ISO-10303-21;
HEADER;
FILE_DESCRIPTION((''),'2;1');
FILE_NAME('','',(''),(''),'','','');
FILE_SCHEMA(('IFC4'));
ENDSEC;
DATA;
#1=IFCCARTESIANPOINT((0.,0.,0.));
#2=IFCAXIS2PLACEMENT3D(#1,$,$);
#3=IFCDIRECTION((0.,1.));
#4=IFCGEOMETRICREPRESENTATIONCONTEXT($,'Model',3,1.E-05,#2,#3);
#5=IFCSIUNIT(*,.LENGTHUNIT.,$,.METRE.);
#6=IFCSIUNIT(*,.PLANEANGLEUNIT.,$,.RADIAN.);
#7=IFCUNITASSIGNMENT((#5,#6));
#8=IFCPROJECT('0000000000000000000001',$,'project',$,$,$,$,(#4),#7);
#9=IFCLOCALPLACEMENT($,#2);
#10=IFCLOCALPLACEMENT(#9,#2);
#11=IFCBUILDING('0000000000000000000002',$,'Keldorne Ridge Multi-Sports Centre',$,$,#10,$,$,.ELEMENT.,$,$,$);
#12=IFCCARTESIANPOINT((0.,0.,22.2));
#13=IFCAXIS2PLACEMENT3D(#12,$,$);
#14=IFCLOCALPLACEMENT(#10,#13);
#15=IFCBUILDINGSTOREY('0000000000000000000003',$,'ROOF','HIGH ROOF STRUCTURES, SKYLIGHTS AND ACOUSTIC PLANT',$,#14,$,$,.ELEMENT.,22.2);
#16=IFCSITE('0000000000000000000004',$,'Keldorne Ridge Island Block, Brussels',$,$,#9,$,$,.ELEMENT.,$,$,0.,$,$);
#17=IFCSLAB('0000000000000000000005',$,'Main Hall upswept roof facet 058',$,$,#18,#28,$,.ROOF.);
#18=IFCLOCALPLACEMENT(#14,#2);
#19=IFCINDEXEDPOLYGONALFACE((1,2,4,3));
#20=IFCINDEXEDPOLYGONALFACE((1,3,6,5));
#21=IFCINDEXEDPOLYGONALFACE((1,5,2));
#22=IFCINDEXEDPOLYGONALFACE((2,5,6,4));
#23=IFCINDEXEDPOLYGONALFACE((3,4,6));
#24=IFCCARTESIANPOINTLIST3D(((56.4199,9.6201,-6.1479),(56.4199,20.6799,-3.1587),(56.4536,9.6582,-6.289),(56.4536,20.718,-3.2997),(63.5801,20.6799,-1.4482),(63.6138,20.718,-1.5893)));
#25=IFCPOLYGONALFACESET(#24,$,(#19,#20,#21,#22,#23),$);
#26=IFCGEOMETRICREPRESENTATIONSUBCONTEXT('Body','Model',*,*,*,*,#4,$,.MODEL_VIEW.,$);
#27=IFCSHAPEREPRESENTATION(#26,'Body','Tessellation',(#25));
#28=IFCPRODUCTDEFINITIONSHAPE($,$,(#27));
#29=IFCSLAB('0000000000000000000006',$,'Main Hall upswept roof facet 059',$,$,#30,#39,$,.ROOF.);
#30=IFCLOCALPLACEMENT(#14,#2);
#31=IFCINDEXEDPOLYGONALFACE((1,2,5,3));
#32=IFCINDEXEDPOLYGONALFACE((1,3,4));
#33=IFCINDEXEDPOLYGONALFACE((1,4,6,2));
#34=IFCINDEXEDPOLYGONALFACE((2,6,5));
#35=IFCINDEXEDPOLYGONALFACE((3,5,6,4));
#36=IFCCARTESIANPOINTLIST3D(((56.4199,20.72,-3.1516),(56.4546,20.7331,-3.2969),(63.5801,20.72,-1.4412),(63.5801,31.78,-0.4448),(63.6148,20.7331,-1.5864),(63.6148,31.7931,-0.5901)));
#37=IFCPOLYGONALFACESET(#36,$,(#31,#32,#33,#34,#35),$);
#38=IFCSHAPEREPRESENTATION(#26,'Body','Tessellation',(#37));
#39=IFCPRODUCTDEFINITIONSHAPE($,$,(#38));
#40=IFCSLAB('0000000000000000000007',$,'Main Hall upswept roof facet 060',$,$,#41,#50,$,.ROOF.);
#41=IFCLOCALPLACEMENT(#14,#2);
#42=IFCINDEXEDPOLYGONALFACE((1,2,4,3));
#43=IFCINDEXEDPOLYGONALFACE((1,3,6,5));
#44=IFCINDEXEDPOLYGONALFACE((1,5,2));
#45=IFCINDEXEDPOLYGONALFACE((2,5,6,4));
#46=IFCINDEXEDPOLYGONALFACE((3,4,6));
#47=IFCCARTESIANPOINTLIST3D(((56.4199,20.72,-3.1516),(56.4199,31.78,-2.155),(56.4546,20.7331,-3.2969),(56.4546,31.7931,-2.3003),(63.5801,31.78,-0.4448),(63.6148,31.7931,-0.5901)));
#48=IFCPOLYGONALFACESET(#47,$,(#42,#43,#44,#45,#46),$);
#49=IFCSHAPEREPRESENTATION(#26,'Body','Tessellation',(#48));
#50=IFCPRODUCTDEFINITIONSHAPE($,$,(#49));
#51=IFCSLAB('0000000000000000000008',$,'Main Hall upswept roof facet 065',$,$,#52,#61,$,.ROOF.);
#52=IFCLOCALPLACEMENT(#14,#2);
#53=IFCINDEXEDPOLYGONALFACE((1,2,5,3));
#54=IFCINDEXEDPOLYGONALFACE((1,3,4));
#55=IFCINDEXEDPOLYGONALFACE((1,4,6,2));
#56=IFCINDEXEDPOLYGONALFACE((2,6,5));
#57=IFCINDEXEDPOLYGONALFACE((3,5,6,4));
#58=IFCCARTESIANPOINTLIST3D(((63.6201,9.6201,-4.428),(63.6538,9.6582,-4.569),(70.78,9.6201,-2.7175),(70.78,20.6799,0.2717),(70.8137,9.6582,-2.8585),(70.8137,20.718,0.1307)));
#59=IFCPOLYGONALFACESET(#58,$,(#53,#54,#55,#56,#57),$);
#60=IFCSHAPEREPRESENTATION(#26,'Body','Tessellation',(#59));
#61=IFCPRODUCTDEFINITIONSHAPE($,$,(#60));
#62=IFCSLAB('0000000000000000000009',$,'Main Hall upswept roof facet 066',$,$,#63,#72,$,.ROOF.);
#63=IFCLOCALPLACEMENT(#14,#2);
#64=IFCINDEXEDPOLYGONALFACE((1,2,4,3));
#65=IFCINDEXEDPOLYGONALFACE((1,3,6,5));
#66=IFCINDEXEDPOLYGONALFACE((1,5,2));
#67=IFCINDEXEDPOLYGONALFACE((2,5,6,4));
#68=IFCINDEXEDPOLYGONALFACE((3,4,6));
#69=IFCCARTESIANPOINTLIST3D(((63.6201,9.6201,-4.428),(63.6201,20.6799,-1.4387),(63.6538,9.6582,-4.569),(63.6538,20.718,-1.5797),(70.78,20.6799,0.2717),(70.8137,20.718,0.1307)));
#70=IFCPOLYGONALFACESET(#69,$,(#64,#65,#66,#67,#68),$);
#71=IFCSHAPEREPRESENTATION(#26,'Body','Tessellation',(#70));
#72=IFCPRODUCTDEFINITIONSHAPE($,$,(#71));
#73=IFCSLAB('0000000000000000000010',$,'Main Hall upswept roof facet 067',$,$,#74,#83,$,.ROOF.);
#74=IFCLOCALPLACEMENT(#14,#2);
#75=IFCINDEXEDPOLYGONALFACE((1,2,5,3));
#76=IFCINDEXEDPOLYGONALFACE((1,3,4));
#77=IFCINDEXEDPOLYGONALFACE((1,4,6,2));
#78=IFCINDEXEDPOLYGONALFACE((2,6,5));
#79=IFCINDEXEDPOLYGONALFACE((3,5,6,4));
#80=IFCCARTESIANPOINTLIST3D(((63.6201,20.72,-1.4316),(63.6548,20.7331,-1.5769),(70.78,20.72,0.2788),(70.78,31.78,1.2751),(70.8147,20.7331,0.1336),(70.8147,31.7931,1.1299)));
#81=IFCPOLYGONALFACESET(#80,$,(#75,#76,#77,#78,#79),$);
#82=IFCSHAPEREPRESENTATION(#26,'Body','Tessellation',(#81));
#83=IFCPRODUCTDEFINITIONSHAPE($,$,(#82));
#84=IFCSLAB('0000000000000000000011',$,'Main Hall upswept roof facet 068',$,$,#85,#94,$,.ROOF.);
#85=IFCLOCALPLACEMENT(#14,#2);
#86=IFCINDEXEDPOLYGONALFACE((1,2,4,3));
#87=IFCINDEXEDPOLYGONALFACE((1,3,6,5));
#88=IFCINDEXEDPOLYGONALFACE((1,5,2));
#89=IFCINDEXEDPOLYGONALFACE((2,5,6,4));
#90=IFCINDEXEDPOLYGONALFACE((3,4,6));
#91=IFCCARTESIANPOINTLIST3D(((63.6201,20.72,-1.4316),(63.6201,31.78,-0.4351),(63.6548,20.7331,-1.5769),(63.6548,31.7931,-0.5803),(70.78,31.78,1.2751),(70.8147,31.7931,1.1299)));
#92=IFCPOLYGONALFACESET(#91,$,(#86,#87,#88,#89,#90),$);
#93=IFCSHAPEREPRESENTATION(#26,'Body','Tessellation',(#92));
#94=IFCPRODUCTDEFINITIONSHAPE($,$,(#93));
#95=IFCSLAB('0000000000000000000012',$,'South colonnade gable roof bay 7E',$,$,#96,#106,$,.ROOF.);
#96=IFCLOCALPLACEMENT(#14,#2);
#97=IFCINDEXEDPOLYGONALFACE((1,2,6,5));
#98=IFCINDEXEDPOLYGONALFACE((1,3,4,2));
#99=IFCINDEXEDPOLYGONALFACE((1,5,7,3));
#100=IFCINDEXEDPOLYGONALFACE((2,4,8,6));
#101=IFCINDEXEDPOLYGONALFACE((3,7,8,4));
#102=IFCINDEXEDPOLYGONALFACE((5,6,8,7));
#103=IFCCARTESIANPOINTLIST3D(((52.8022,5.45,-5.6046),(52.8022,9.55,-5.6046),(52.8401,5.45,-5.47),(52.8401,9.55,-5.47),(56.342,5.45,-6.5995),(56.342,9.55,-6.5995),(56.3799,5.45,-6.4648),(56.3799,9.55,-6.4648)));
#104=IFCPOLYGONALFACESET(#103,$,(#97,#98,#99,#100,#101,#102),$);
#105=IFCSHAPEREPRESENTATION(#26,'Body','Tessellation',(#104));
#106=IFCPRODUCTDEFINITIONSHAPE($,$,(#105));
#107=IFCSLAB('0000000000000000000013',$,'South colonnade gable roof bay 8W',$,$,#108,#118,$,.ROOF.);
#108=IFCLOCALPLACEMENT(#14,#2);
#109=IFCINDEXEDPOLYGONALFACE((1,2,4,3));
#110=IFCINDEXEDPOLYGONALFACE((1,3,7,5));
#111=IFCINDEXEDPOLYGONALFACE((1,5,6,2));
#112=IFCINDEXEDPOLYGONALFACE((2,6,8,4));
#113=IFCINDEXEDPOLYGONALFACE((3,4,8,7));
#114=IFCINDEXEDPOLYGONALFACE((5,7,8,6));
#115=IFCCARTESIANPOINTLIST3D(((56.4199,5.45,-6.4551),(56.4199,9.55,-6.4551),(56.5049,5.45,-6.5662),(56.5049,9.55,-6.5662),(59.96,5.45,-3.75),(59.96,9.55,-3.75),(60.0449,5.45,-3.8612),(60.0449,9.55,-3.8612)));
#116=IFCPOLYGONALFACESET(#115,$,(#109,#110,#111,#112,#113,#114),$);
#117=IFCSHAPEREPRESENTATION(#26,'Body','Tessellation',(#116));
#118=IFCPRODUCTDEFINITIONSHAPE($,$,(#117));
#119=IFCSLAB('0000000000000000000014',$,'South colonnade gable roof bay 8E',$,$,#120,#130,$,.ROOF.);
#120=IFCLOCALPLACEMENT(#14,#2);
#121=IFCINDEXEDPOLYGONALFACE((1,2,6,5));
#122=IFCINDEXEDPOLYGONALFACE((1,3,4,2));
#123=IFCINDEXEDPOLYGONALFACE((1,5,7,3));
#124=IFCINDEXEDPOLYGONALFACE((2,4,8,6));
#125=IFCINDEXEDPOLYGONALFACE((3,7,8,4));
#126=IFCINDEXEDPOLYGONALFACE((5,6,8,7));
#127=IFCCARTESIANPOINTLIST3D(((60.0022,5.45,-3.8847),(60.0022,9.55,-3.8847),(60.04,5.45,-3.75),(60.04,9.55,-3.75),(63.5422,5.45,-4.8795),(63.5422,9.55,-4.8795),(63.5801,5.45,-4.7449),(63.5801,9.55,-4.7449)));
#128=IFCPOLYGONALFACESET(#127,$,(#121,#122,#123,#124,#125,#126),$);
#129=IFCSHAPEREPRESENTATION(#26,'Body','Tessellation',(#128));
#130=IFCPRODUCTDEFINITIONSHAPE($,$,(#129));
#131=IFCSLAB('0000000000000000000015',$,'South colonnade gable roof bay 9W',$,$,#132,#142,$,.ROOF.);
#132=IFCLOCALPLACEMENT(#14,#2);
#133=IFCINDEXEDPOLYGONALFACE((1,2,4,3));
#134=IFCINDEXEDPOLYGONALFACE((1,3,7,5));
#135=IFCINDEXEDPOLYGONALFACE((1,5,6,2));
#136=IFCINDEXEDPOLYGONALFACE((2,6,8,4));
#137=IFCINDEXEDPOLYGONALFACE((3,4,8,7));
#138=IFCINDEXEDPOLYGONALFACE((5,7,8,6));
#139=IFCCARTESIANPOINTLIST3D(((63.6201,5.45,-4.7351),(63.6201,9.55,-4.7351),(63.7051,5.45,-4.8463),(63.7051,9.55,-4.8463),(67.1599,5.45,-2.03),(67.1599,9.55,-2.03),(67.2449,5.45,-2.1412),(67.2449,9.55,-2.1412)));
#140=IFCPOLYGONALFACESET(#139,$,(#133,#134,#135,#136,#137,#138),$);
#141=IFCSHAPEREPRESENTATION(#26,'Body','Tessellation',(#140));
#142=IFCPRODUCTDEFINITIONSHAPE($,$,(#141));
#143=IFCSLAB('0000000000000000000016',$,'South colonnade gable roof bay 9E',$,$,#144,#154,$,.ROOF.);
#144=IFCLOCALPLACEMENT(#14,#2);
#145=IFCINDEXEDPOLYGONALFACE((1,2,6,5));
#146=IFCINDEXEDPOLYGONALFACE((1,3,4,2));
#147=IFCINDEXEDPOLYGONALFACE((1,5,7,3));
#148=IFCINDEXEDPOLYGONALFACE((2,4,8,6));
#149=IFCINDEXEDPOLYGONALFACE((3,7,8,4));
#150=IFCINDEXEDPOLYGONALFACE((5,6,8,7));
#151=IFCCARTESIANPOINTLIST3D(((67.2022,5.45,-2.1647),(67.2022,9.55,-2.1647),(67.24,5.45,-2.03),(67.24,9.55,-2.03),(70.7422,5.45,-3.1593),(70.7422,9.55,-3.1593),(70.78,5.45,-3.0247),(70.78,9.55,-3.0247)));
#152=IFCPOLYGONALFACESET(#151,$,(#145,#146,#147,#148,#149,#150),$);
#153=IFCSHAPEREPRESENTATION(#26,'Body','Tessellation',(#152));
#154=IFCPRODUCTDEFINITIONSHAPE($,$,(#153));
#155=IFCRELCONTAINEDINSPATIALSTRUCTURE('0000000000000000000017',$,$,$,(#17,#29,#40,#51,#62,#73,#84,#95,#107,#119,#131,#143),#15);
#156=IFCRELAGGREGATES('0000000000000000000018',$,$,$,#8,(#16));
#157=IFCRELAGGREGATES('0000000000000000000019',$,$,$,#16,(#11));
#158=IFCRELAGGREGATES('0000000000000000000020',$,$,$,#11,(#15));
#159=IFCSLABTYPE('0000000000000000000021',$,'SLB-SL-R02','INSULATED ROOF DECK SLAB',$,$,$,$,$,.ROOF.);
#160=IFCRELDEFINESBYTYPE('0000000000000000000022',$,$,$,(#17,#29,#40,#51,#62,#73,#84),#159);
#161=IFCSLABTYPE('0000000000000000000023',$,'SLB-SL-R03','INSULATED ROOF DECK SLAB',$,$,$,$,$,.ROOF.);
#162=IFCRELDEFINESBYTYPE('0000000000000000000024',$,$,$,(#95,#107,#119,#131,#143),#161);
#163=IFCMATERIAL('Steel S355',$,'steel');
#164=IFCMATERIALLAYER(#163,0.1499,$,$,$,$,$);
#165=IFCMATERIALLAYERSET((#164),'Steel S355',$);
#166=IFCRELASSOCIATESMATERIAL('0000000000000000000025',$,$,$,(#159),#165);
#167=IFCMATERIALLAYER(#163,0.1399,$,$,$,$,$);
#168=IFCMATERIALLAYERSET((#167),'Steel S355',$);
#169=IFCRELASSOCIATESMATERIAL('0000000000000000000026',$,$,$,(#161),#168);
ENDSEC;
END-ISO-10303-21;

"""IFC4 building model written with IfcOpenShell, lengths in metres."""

from ifc_helpers import new_model, si_unit, direction, frame, origin, place, context, subcontext, project, spatial, polyline, outline, extrude, material, layer, layer_set, type_object, element, save


model = new_model("IFC4")

# Units and contexts
model_context = context("Model", 3, precision=1e-05, world=origin(), true_north=direction((0.0, 1.0)))
body_context = subcontext(model_context, "Body", "Model", "MODEL_VIEW")
ifc_project = project(units=[si_unit("LENGTHUNIT", "METRE"), si_unit("PLANEANGLEUNIT", "RADIAN")], contexts=[model_context])

# Site, building, storey
site_placement = place(None, origin())
site = spatial("IfcSite", under=ifc_project, at=site_placement, Name="Keldorne Ridge Island Block, Brussels", CompositionType="ELEMENT", RefElevation=0.0)
building_placement = place(site_placement, origin())
building = spatial("IfcBuilding", under=site, at=building_placement, Name="Keldorne Ridge Multi-Sports Centre", CompositionType="ELEMENT")
storey_placement = place(building_placement, frame((0.0, 0.0, 22.2)))
storey = spatial("IfcBuildingStorey", under=building, at=storey_placement, Name="ROOF", Description="HIGH ROOF STRUCTURES, SKYLIGHTS AND ACOUSTIC PLANT", CompositionType="ELEMENT", Elevation=22.2)

# Shared definitions
ifc_material = material(Name="Steel S355", Category="steel")

# Slabs
ifc_layer_1 = layer(ifc_material, 0.1499)
ifc_layer_set_1 = layer_set([ifc_layer_1], Name="Steel S355")
slab_type_1 = type_object("IfcSlabType", Name="SLB-SL-R02", Description="INSULATED ROOF DECK SLAB", PredefinedType="ROOF", material=ifc_layer_set_1)
slab_1_placement = place(storey_placement, frame((56.4199, 9.6201, -6.1479), z_axis=(-0.224712, -0.254246, 0.940672), x_axis=(0.511865, 0.790643, 0.335972)))
element("IfcSlab", 1, at=slab_1_placement, inside=storey, type_object=slab_type_1, Name="Main Hall upswept roof facet 058", PredefinedType="ROOF", context=body_context, shape_type="SweptSolid", body=[
    extrude(outline(polyline([(0.0, 0.0), (13.9884, 0.0), (9.7487, 6.0182), (0.0, 0.0)])), origin(), (0.0, 0.0, -1.0), 0.1499),
])
slab_2_placement = place(storey_placement, frame((56.4199, 20.72, -3.1516), z_axis=(-0.23146, -0.087285, 0.968921), x_axis=(0.972633, 0.0, 0.232347)))
element("IfcSlab", 2, at=slab_2_placement, inside=storey, type_object=slab_type_1, Name="Main Hall upswept roof facet 059", PredefinedType="ROOF", context=body_context, shape_type="SweptSolid", body=[
    extrude(outline(polyline([(0.0, 0.0), (7.3616, 0.0), (7.5931, 11.1024), (0.0, 0.0)])), origin(), (0.0, 0.0, -1.0), 0.1499),
])
slab_3_placement = place(storey_placement, frame((56.4199, 20.72, -3.1516), z_axis=(-0.231428, -0.087306, 0.968926), x_axis=(0.532329, 0.822271, 0.201239)))
element("IfcSlab", 3, at=slab_3_placement, inside=storey, type_object=slab_type_1, Name="Main Hall upswept roof facet 060", PredefinedType="ROOF", context=body_context, shape_type="SweptSolid", body=[
    extrude(outline(polyline([(0.0, 0.0), (13.4506, 0.0), (9.2949, 6.0764), (0.0, 0.0)])), origin(), (0.0, 0.0, -1.0), 0.1499),
])
slab_4_placement = place(storey_placement, frame((63.6201, 9.6201, -4.428), z_axis=(-0.224719, -0.254245, 0.94067), x_axis=(0.972631, 0.0, 0.232354)))
element("IfcSlab", 4, at=slab_4_placement, inside=storey, type_object=slab_type_1, Name="Main Hall upswept roof facet 065", PredefinedType="ROOF", context=body_context, shape_type="SweptSolid", body=[
    extrude(outline(polyline([(0.0, 0.0), (7.3614, 0.0), (8.056, 11.4356), (0.0, 0.0)])), origin(), (0.0, 0.0, -1.0), 0.1499),
])
slab_5_placement = place(storey_placement, frame((63.6201, 9.6201, -4.428), z_axis=(-0.224719, -0.254245, 0.94067), x_axis=(0.511852, 0.79065, 0.335975)))
element("IfcSlab", 5, at=slab_5_placement, inside=storey, type_object=slab_type_1, Name="Main Hall upswept roof facet 066", PredefinedType="ROOF", context=body_context, shape_type="SweptSolid", body=[
    extrude(outline(polyline([(0.0, 0.0), (13.9882, 0.0), (9.7488, 6.018), (0.0, 0.0)])), origin(), (0.0, 0.0, -1.0), 0.1499),
])
slab_6_placement = place(storey_placement, frame((63.6201, 20.72, -1.4316), z_axis=(-0.231467, -0.087284, 0.968919), x_axis=(0.972631, 0.0, 0.232354)))
element("IfcSlab", 6, at=slab_6_placement, inside=storey, type_object=slab_type_1, Name="Main Hall upswept roof facet 067", PredefinedType="ROOF", context=body_context, shape_type="SweptSolid", body=[
    extrude(outline(polyline([(0.0, 0.0), (7.3614, 0.0), (7.5929, 11.1024), (0.0, 0.0)])), origin(), (0.0, 0.0, -1.0), 0.1499),
])
slab_7_placement = place(storey_placement, frame((63.6201, 20.72, -1.4316), z_axis=(-0.231436, -0.087306, 0.968925), x_axis=(0.532316, 0.822279, 0.201241)))
element("IfcSlab", 7, at=slab_7_placement, inside=storey, type_object=slab_type_1, Name="Main Hall upswept roof facet 068", PredefinedType="ROOF", context=body_context, shape_type="SweptSolid", body=[
    extrude(outline(polyline([(0.0, 0.0), (13.4505, 0.0), (9.295, 6.0763), (0.0, 0.0)])), origin(), (0.0, 0.0, -1.0), 0.1499),
])
ifc_layer_2 = layer(ifc_material, 0.1399)
ifc_layer_set_2 = layer_set([ifc_layer_2], Name="Steel S355")
slab_type_2 = type_object("IfcSlabType", Name="SLB-SL-R03", Description="INSULATED ROOF DECK SLAB", PredefinedType="ROOF", material=ifc_layer_set_2)
slab_8_placement = place(storey_placement, frame((52.8401, 5.45, -5.47), z_axis=(0.270571, 0.0, 0.9627), x_axis=(0.9627, 0.0, -0.270571)))
element("IfcSlab", 8, at=slab_8_placement, inside=storey, type_object=slab_type_2, Name="South colonnade gable roof bay 7E", PredefinedType="ROOF", context=body_context, shape_type="SweptSolid", body=[
    extrude(outline(polyline([(0.0, 0.0), (3.6769, 0.0), (3.6769, 4.1001), (0.0, 4.1001), (0.0, 0.0)])), origin(), (0.0, 0.0, -1.0), 0.1399),
])
slab_9_placement = place(storey_placement, frame((56.4199, 5.45, -6.4551), z_axis=(-0.607165, 0.0, 0.794576), x_axis=(0.794576, 0.0, 0.607165)))
element("IfcSlab", 9, at=slab_9_placement, inside=storey, type_object=slab_type_2, Name="South colonnade gable roof bay 8W", PredefinedType="ROOF", context=body_context, shape_type="SweptSolid", body=[
    extrude(outline(polyline([(0.0, 0.0), (4.4553, 0.0), (4.4553, 4.1001), (0.0, 4.1001), (0.0, 0.0)])), origin(), (0.0, 0.0, -1.0), 0.1399),
])
slab_10_placement = place(storey_placement, frame((60.04, 5.45, -3.75), z_axis=(0.270553, 0.0, 0.962705), x_axis=(0.962705, 0.0, -0.270553)))
element("IfcSlab", 10, at=slab_10_placement, inside=storey, type_object=slab_type_2, Name="South colonnade gable roof bay 8E", PredefinedType="ROOF", context=body_context, shape_type="SweptSolid", body=[
    extrude(outline(polyline([(0.0, 0.0), (3.6772, 0.0), (3.6772, 4.1001), (0.0, 4.1001), (0.0, 0.0)])), origin(), (0.0, 0.0, -1.0), 0.1399),
])
slab_11_placement = place(storey_placement, frame((63.6201, 5.45, -4.7351), z_axis=(-0.607192, 0.0, 0.794555), x_axis=(0.794555, 0.0, 0.607192)))
element("IfcSlab", 11, at=slab_11_placement, inside=storey, type_object=slab_type_2, Name="South colonnade gable roof bay 9W", PredefinedType="ROOF", context=body_context, shape_type="SweptSolid", body=[
    extrude(outline(polyline([(0.0, 0.0), (4.4551, 0.0), (4.4551, 4.1001), (0.0, 4.1001), (0.0, 0.0)])), origin(), (0.0, 0.0, -1.0), 0.1399),
])
slab_12_placement = place(storey_placement, frame((67.24, 5.45, -2.03), z_axis=(0.270492, 0.0, 0.962722), x_axis=(0.962722, 0.0, -0.270492)))
element("IfcSlab", 12, at=slab_12_placement, inside=storey, type_object=slab_type_2, Name="South colonnade gable roof bay 9E", PredefinedType="ROOF", context=body_context, shape_type="SweptSolid", body=[
    extrude(outline(polyline([(0.0, 0.0), (3.6771, 0.0), (3.6771, 4.1001), (0.0, 4.1001), (0.0, 0.0)])), origin(), (0.0, 0.0, -1.0), 0.1399),
])

save(model, "model.ifc")
